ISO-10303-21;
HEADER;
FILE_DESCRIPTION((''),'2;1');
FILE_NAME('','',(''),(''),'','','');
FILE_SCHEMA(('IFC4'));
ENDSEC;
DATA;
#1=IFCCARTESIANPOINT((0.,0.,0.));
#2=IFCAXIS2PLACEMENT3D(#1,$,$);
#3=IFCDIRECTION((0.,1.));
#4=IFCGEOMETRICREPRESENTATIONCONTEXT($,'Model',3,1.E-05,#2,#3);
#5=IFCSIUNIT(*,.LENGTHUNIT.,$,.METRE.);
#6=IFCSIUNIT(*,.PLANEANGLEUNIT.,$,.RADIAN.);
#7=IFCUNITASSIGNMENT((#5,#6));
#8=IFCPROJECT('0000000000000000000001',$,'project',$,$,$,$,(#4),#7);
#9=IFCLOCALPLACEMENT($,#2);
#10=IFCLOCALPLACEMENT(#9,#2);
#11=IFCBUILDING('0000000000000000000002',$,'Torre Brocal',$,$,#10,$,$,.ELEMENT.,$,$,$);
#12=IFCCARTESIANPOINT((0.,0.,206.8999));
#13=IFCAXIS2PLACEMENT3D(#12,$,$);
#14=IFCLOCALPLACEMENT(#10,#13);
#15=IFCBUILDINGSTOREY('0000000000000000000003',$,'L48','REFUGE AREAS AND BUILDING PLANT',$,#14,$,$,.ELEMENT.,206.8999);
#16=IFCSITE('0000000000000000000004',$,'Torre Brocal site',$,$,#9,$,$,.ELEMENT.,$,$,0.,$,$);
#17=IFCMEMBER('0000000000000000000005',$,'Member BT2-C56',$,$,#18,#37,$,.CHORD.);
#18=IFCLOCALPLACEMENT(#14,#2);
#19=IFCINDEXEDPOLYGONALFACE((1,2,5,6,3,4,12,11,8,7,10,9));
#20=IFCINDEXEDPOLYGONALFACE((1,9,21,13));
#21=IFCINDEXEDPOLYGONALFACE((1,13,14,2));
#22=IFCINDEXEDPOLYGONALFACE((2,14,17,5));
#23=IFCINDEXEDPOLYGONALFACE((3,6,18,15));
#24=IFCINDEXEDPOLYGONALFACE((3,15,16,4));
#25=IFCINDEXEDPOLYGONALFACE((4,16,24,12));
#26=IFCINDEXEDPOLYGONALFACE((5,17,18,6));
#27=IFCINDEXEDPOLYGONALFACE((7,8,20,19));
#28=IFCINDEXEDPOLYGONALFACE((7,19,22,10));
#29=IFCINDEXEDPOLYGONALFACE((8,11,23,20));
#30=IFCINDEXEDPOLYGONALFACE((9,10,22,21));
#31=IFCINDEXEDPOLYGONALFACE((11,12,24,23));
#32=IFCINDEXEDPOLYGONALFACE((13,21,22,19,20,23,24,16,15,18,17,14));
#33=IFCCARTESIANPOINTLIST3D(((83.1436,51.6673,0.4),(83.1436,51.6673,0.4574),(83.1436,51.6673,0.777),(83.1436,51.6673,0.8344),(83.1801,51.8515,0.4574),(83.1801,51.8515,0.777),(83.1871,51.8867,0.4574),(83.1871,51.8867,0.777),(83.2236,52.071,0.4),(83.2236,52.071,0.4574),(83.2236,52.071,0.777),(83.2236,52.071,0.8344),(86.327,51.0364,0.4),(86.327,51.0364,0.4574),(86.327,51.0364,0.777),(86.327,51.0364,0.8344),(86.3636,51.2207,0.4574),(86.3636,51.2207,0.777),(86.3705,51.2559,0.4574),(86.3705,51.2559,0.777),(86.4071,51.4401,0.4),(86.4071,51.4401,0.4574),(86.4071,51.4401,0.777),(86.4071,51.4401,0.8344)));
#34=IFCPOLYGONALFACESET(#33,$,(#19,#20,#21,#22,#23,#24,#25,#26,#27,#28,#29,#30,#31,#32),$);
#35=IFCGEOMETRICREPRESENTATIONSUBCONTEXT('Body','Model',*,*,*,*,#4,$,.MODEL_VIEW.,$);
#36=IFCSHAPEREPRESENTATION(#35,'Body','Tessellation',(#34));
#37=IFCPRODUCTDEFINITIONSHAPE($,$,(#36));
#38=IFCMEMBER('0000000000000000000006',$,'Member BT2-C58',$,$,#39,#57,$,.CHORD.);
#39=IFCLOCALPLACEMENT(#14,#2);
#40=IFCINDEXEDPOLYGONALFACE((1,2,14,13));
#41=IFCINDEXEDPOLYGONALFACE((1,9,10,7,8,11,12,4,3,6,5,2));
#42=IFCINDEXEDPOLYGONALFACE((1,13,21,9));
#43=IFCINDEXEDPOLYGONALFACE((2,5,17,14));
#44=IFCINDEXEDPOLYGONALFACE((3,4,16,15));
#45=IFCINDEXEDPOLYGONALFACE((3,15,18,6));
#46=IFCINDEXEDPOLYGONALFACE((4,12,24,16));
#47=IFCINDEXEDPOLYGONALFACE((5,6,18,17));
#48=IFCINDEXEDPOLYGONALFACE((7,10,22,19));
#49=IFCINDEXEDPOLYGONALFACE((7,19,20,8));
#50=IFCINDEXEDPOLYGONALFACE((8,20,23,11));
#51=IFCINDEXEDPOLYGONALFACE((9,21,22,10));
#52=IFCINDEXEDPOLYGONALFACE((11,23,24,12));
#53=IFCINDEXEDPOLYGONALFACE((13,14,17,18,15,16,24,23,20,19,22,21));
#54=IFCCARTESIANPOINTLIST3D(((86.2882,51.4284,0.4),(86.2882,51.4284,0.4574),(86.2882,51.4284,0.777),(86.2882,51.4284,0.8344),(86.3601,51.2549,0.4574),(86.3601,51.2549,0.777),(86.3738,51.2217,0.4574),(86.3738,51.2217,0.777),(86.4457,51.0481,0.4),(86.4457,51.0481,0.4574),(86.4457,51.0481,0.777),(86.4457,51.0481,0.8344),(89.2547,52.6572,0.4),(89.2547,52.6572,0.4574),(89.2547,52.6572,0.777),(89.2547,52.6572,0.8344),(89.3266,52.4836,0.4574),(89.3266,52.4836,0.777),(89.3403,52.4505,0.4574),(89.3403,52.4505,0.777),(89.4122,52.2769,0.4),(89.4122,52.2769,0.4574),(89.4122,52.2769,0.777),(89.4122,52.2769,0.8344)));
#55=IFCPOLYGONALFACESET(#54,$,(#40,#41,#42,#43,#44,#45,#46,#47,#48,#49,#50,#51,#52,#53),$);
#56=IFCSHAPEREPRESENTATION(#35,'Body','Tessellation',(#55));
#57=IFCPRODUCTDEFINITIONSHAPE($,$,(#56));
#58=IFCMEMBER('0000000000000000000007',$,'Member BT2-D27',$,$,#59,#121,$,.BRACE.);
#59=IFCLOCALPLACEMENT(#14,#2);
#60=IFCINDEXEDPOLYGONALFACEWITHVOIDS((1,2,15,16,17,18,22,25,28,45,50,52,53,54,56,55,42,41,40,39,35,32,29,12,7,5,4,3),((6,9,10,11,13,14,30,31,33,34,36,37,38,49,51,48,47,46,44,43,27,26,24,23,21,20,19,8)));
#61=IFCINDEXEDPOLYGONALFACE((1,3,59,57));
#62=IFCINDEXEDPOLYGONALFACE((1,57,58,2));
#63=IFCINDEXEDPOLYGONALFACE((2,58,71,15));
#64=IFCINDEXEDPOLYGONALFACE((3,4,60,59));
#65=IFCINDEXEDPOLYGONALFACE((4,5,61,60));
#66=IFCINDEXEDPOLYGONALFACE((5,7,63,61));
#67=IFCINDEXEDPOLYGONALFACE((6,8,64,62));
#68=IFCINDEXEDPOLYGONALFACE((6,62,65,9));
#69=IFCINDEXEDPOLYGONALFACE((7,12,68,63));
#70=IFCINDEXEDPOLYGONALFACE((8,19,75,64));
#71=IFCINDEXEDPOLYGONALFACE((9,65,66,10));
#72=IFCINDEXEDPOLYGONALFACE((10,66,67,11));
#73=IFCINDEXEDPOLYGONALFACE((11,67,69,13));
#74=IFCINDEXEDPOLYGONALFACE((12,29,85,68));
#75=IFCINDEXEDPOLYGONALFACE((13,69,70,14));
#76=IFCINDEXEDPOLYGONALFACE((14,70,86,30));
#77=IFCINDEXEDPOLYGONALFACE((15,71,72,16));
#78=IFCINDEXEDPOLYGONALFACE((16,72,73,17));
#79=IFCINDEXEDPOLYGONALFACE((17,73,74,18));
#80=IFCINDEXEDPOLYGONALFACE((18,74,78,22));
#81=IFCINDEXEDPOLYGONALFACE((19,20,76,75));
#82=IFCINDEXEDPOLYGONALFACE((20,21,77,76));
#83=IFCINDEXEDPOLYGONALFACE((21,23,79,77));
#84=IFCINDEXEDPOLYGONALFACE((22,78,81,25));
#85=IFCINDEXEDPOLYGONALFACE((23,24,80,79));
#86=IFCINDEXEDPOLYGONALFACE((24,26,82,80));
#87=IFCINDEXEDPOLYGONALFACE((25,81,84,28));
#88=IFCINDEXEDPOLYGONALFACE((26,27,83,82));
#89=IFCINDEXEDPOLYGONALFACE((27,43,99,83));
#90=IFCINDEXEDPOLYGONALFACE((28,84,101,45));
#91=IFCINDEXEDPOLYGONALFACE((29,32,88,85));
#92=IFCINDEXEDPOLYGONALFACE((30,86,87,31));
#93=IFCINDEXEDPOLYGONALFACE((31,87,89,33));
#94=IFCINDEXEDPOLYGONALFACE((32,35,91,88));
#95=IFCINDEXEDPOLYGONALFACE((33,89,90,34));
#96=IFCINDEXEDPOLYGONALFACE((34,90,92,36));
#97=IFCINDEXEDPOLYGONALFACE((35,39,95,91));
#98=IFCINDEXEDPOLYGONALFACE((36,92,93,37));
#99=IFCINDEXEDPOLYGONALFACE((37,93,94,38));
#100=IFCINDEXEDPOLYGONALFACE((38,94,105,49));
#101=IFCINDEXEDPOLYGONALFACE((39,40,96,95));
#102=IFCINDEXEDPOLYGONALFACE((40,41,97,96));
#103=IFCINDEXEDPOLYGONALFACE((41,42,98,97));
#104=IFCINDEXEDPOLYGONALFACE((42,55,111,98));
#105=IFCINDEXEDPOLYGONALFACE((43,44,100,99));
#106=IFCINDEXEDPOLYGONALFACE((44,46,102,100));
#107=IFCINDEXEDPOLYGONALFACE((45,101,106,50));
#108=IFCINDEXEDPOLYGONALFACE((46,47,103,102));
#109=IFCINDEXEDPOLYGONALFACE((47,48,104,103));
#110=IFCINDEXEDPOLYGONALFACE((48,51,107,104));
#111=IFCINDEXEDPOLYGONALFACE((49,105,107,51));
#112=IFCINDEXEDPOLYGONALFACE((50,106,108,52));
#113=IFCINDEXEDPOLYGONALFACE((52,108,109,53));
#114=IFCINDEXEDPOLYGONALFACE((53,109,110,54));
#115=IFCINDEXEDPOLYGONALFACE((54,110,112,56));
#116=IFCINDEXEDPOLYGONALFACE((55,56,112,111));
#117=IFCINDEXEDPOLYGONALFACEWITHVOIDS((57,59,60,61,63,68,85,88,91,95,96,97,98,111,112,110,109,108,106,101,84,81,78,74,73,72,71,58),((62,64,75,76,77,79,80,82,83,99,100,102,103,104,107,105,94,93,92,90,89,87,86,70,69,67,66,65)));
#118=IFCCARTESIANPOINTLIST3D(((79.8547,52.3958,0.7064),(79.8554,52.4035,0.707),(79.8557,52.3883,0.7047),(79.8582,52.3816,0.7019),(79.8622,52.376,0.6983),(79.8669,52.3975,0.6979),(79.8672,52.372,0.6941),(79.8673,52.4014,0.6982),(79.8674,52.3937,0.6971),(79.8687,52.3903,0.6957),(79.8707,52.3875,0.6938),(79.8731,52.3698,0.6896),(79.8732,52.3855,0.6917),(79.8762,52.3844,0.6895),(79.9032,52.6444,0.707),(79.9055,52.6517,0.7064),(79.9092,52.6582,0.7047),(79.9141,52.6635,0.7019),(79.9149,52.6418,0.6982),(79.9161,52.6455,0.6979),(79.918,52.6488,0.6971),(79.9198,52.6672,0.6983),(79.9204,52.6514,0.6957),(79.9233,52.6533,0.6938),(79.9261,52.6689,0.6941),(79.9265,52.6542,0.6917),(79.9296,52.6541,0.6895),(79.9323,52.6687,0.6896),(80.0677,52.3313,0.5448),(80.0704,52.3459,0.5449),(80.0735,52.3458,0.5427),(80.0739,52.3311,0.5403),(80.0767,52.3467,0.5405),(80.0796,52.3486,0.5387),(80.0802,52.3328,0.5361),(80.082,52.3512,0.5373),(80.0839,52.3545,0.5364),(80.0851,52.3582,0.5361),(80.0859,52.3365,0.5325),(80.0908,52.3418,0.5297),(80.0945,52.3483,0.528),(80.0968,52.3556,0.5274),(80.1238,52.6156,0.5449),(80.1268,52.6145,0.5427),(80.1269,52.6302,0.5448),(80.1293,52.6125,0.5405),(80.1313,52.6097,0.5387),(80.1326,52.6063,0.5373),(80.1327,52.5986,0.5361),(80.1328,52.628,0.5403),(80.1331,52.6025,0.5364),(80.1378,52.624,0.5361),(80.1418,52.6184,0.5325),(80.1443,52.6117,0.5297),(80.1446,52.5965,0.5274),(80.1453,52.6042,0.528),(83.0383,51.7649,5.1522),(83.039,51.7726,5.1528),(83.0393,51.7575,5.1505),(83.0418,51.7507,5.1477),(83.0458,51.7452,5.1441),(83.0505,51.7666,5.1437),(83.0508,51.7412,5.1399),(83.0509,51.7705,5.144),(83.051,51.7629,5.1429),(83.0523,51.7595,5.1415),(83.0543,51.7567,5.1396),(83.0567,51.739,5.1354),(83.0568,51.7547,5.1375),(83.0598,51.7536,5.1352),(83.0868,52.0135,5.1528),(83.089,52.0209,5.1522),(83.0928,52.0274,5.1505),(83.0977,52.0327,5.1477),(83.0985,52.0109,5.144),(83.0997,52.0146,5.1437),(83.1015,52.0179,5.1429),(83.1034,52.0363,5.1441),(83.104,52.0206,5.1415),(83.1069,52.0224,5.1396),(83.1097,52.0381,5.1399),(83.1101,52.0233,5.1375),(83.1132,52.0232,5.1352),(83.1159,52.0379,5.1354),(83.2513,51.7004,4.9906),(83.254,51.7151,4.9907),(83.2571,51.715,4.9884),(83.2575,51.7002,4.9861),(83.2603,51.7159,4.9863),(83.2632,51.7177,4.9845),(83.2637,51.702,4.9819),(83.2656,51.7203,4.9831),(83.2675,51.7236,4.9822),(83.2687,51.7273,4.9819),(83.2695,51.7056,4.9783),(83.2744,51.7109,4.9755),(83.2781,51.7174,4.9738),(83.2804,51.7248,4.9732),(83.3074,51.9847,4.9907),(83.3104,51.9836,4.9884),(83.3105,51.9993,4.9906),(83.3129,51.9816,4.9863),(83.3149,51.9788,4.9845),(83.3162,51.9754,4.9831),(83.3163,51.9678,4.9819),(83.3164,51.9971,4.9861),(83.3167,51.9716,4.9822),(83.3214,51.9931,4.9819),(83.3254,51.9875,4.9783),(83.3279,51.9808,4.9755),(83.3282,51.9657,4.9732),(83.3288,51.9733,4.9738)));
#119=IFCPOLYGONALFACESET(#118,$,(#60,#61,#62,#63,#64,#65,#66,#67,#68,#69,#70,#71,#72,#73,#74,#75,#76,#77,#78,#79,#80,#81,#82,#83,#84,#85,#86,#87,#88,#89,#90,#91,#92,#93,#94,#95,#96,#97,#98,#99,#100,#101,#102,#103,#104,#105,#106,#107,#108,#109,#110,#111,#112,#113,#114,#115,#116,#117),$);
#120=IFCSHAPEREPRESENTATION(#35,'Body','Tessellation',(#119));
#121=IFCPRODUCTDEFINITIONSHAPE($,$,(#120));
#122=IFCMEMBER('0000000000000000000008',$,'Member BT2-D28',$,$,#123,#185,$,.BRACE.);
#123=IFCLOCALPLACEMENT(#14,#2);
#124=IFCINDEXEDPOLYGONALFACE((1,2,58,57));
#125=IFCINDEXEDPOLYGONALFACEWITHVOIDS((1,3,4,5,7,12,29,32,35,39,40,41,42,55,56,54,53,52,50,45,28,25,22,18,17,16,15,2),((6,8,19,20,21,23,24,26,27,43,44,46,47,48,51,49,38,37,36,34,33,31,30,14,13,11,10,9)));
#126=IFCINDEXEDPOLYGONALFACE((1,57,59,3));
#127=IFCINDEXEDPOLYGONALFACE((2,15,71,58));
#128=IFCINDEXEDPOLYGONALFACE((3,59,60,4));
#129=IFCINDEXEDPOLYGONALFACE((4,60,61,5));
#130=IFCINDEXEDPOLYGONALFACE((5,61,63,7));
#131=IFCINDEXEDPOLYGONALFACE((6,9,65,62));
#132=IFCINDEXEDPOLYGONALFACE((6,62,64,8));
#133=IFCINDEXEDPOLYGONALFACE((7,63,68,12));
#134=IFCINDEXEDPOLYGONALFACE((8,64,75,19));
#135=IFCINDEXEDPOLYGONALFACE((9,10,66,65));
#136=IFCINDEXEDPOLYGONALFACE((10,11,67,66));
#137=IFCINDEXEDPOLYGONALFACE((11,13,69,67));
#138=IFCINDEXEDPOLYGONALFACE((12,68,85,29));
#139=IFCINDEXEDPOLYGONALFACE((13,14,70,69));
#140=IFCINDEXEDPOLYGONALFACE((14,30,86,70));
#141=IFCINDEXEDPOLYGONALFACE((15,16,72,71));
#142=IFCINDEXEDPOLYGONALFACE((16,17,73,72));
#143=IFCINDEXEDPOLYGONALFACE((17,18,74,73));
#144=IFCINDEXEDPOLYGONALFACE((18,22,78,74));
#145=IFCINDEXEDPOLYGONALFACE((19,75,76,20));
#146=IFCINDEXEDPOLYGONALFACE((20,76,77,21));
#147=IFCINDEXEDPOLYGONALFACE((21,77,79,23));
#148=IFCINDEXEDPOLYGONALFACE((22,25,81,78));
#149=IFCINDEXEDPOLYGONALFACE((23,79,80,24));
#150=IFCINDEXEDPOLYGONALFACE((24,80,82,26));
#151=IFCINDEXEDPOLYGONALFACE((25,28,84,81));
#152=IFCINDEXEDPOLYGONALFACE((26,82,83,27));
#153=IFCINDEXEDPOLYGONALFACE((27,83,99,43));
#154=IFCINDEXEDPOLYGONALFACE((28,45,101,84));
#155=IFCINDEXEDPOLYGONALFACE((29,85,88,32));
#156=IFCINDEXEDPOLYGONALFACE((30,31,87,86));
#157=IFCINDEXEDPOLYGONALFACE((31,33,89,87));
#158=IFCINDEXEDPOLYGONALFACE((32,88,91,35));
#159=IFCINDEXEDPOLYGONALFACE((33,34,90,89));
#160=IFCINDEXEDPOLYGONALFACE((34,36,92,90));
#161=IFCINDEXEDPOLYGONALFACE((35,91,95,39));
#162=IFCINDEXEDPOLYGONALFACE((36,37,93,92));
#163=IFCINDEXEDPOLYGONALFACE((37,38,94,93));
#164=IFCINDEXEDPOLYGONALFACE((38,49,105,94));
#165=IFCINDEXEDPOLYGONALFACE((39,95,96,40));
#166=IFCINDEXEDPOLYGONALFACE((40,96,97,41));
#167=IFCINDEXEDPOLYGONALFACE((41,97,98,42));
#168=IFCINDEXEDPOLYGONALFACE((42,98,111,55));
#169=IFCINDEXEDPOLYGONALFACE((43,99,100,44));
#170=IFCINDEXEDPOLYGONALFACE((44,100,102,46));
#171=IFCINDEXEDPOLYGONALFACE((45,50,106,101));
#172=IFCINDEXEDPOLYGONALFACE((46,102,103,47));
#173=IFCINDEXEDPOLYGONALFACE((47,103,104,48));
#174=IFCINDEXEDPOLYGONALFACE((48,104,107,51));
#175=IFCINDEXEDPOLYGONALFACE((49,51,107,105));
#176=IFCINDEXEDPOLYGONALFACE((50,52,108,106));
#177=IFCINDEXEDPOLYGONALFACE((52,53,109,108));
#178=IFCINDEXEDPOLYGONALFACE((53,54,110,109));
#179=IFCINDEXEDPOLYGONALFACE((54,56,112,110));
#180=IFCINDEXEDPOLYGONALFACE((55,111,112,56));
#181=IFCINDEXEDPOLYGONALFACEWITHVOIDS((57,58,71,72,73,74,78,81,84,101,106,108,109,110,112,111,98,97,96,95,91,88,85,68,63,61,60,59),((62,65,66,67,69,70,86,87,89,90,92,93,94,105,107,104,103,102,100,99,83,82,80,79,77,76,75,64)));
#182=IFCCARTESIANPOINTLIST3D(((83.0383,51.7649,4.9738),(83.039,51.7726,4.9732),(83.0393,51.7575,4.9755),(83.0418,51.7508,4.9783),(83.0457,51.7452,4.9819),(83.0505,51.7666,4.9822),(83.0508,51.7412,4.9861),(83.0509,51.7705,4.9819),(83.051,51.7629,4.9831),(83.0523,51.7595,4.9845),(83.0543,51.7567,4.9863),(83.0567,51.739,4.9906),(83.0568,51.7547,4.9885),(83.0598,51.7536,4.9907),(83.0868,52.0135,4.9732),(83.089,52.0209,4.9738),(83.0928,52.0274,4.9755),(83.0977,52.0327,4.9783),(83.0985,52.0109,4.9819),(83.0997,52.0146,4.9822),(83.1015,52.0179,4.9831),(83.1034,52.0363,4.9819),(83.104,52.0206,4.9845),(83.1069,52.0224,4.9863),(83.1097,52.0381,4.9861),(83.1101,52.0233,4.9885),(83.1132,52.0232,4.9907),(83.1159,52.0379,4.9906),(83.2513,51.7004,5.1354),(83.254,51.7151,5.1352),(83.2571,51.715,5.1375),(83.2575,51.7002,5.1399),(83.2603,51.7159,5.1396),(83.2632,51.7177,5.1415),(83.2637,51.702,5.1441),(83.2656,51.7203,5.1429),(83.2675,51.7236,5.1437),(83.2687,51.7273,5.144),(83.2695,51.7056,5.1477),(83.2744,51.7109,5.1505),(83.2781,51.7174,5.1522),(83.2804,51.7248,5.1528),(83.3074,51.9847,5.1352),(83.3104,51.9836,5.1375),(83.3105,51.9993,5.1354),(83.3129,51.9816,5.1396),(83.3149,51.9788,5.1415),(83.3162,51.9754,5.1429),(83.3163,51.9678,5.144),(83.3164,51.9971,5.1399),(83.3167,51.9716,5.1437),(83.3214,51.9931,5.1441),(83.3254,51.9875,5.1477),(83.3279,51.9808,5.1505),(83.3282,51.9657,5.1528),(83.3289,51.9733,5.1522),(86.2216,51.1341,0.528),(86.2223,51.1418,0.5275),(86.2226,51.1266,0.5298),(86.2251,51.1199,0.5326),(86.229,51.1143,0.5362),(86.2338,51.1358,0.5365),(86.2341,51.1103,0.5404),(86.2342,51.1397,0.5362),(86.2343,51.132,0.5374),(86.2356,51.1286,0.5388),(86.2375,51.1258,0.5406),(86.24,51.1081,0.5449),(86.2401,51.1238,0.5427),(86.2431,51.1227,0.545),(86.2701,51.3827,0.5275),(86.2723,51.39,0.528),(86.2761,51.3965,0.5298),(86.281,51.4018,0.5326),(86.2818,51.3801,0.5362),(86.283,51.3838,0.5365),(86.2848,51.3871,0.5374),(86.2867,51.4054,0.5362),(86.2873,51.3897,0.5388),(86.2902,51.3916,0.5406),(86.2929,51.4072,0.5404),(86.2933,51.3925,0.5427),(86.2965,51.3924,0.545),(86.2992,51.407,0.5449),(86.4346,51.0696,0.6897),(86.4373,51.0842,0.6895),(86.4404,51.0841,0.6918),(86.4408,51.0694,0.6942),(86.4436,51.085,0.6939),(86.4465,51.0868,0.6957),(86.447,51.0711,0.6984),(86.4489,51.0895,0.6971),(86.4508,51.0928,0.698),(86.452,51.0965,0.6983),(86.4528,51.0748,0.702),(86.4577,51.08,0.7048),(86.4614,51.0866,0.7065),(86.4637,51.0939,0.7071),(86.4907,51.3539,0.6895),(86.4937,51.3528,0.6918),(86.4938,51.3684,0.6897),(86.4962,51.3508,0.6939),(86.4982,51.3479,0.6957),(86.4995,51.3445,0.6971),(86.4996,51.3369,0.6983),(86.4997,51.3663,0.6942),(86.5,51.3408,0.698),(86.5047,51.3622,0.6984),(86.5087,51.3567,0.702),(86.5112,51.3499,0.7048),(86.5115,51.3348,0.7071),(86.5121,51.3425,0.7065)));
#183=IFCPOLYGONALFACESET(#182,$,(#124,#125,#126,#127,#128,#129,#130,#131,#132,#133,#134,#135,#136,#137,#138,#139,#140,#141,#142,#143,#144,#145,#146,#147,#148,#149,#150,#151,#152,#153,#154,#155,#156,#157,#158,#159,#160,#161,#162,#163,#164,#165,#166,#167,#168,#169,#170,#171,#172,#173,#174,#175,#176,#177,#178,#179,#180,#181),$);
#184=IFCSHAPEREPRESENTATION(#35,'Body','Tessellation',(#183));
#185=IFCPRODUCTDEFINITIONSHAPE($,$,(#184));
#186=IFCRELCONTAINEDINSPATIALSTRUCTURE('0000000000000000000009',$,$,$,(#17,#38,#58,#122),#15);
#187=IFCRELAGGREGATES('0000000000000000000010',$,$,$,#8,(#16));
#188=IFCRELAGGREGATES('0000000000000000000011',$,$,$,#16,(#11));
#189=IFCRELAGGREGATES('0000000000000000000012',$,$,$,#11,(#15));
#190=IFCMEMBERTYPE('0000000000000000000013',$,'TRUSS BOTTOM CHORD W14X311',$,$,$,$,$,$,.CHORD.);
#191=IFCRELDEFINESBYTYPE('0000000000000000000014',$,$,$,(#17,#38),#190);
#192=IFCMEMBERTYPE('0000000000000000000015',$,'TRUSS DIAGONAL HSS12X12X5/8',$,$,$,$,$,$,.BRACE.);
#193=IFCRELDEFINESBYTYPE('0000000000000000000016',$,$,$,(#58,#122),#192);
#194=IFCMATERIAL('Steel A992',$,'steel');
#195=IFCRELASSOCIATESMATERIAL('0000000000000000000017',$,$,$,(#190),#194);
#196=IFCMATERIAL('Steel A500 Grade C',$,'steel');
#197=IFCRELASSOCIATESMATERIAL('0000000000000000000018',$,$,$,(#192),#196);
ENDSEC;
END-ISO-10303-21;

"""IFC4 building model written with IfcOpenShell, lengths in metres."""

from ifc_helpers import new_model, si_unit, direction, frame, origin, origin_2d, place, context, subcontext, project, spatial, hollow_rectangle, i_section, extrude, material, material_profile, profile_set, type_object, element, save


model = new_model("IFC4")

# Units and contexts
model_context = context("Model", 3, precision=1e-05, world=origin(), true_north=direction((0.0, 1.0)))
body_context = subcontext(model_context, "Body", "Model", "MODEL_VIEW")
ifc_project = project(units=[si_unit("LENGTHUNIT", "METRE"), si_unit("PLANEANGLEUNIT", "RADIAN")], contexts=[model_context])

# Site, building, storey
site_placement = place(None, origin())
site = spatial("IfcSite", under=ifc_project, at=site_placement, Name="Torre Brocal site", CompositionType="ELEMENT", RefElevation=0.0)
building_placement = place(site_placement, origin())
building = spatial("IfcBuilding", under=site, at=building_placement, Name="Torre Brocal", CompositionType="ELEMENT")
storey_placement = place(building_placement, frame((0.0, 0.0, 206.8999)))
storey = spatial("IfcBuildingStorey", under=building, at=storey_placement, Name="L48", Description="REFUGE AREAS AND BUILDING PLANT", CompositionType="ELEMENT", Elevation=206.8999)

# Members
ifc_material_1 = material(Name="Steel A992", Category="steel")
ifc_material_profile_1 = material_profile(ifc_material_1, i_section(OverallWidth=0.4116, OverallDepth=0.4343, WebThickness=0.0359, FlangeThickness=0.0574, at=origin_2d()), Name="W14X311")
ifc_profile_set_1 = profile_set([ifc_material_profile_1], Name="Steel A992")
member_type_1 = type_object("IfcMemberType", Name="TRUSS BOTTOM CHORD W14X311", PredefinedType="CHORD", material=ifc_profile_set_1)
member_1_placement = place(storey_placement, frame((83.1836, 51.8691, 0.6172), z_axis=(0.980923, -0.194394, 0.0), x_axis=(0.194394, 0.980923, 0.0)))
element("IfcMember", 1, at=member_1_placement, inside=storey, type_object=member_type_1, Name="Member BT2-C56", PredefinedType="CHORD", context=body_context, shape_type="SweptSolid", body=[
    extrude(i_section(OverallWidth=0.4116, OverallDepth=0.4343, WebThickness=0.0359, FlangeThickness=0.0574, at=origin_2d()), origin(), (0.0, 0.0, 1.0), 3.2454),
])
member_2_placement = place(storey_placement, frame((86.3669, 51.2383, 0.6172), z_axis=(0.923882, 0.382676, 0.0), x_axis=(-0.382676, 0.923882, 0.0)))
element("IfcMember", 2, at=member_2_placement, inside=storey, type_object=member_type_1, Name="Member BT2-C58", PredefinedType="CHORD", context=body_context, shape_type="SweptSolid", body=[
    extrude(i_section(OverallWidth=0.4116, OverallDepth=0.4343, WebThickness=0.0359, FlangeThickness=0.0574, at=origin_2d()), origin(), (0.0, 0.0, 1.0), 3.2109),
])
ifc_material_2 = material(Name="Steel A500 Grade C", Category="steel")
ifc_material_profile_2 = material_profile(ifc_material_2, hollow_rectangle(XDim=0.3047, YDim=0.3047, WallThickness=0.0149, InnerFilletRadius=0.0149, OuterFilletRadius=0.0295, at=origin_2d()), Name="HSS12X12X5/8")
ifc_profile_set_2 = profile_set([ifc_material_profile_2], Name="Steel A500 Grade C")
member_type_2 = type_object("IfcMemberType", Name="TRUSS DIAGONAL HSS12X12X5/8", PredefinedType="BRACE", material=ifc_profile_set_2)
member_3_placement = place(storey_placement, frame((80.0, 52.5, 0.6172), z_axis=(0.578373, -0.11461, 0.807682), x_axis=(0.19438, 0.980926, 0.0)))
element("IfcMember", 3, at=member_3_placement, inside=storey, type_object=member_type_2, Name="Member BT2-D27", PredefinedType="BRACE", context=body_context, shape_type="SweptSolid", body=[
    extrude(hollow_rectangle(XDim=0.3047, YDim=0.3047, WallThickness=0.0149, InnerFilletRadius=0.0149, OuterFilletRadius=0.0295, at=origin_2d()), origin(), (0.0, 0.0, 1.0), 5.5044),
])
member_4_placement = place(storey_placement, frame((83.1836, 51.8691, 5.063), z_axis=(0.578343, -0.114613, -0.807702), x_axis=(0.194394, 0.980923, 0.0)))
element("IfcMember", 4, at=member_4_placement, inside=storey, type_object=member_type_2, Name="Member BT2-D28", PredefinedType="BRACE", context=body_context, shape_type="SweptSolid", body=[
    extrude(hollow_rectangle(XDim=0.3047, YDim=0.3047, WallThickness=0.0149, InnerFilletRadius=0.0149, OuterFilletRadius=0.0295, at=origin_2d()), origin(), (0.0, 0.0, 1.0), 5.5042),
])

save(model, "model.ifc")
